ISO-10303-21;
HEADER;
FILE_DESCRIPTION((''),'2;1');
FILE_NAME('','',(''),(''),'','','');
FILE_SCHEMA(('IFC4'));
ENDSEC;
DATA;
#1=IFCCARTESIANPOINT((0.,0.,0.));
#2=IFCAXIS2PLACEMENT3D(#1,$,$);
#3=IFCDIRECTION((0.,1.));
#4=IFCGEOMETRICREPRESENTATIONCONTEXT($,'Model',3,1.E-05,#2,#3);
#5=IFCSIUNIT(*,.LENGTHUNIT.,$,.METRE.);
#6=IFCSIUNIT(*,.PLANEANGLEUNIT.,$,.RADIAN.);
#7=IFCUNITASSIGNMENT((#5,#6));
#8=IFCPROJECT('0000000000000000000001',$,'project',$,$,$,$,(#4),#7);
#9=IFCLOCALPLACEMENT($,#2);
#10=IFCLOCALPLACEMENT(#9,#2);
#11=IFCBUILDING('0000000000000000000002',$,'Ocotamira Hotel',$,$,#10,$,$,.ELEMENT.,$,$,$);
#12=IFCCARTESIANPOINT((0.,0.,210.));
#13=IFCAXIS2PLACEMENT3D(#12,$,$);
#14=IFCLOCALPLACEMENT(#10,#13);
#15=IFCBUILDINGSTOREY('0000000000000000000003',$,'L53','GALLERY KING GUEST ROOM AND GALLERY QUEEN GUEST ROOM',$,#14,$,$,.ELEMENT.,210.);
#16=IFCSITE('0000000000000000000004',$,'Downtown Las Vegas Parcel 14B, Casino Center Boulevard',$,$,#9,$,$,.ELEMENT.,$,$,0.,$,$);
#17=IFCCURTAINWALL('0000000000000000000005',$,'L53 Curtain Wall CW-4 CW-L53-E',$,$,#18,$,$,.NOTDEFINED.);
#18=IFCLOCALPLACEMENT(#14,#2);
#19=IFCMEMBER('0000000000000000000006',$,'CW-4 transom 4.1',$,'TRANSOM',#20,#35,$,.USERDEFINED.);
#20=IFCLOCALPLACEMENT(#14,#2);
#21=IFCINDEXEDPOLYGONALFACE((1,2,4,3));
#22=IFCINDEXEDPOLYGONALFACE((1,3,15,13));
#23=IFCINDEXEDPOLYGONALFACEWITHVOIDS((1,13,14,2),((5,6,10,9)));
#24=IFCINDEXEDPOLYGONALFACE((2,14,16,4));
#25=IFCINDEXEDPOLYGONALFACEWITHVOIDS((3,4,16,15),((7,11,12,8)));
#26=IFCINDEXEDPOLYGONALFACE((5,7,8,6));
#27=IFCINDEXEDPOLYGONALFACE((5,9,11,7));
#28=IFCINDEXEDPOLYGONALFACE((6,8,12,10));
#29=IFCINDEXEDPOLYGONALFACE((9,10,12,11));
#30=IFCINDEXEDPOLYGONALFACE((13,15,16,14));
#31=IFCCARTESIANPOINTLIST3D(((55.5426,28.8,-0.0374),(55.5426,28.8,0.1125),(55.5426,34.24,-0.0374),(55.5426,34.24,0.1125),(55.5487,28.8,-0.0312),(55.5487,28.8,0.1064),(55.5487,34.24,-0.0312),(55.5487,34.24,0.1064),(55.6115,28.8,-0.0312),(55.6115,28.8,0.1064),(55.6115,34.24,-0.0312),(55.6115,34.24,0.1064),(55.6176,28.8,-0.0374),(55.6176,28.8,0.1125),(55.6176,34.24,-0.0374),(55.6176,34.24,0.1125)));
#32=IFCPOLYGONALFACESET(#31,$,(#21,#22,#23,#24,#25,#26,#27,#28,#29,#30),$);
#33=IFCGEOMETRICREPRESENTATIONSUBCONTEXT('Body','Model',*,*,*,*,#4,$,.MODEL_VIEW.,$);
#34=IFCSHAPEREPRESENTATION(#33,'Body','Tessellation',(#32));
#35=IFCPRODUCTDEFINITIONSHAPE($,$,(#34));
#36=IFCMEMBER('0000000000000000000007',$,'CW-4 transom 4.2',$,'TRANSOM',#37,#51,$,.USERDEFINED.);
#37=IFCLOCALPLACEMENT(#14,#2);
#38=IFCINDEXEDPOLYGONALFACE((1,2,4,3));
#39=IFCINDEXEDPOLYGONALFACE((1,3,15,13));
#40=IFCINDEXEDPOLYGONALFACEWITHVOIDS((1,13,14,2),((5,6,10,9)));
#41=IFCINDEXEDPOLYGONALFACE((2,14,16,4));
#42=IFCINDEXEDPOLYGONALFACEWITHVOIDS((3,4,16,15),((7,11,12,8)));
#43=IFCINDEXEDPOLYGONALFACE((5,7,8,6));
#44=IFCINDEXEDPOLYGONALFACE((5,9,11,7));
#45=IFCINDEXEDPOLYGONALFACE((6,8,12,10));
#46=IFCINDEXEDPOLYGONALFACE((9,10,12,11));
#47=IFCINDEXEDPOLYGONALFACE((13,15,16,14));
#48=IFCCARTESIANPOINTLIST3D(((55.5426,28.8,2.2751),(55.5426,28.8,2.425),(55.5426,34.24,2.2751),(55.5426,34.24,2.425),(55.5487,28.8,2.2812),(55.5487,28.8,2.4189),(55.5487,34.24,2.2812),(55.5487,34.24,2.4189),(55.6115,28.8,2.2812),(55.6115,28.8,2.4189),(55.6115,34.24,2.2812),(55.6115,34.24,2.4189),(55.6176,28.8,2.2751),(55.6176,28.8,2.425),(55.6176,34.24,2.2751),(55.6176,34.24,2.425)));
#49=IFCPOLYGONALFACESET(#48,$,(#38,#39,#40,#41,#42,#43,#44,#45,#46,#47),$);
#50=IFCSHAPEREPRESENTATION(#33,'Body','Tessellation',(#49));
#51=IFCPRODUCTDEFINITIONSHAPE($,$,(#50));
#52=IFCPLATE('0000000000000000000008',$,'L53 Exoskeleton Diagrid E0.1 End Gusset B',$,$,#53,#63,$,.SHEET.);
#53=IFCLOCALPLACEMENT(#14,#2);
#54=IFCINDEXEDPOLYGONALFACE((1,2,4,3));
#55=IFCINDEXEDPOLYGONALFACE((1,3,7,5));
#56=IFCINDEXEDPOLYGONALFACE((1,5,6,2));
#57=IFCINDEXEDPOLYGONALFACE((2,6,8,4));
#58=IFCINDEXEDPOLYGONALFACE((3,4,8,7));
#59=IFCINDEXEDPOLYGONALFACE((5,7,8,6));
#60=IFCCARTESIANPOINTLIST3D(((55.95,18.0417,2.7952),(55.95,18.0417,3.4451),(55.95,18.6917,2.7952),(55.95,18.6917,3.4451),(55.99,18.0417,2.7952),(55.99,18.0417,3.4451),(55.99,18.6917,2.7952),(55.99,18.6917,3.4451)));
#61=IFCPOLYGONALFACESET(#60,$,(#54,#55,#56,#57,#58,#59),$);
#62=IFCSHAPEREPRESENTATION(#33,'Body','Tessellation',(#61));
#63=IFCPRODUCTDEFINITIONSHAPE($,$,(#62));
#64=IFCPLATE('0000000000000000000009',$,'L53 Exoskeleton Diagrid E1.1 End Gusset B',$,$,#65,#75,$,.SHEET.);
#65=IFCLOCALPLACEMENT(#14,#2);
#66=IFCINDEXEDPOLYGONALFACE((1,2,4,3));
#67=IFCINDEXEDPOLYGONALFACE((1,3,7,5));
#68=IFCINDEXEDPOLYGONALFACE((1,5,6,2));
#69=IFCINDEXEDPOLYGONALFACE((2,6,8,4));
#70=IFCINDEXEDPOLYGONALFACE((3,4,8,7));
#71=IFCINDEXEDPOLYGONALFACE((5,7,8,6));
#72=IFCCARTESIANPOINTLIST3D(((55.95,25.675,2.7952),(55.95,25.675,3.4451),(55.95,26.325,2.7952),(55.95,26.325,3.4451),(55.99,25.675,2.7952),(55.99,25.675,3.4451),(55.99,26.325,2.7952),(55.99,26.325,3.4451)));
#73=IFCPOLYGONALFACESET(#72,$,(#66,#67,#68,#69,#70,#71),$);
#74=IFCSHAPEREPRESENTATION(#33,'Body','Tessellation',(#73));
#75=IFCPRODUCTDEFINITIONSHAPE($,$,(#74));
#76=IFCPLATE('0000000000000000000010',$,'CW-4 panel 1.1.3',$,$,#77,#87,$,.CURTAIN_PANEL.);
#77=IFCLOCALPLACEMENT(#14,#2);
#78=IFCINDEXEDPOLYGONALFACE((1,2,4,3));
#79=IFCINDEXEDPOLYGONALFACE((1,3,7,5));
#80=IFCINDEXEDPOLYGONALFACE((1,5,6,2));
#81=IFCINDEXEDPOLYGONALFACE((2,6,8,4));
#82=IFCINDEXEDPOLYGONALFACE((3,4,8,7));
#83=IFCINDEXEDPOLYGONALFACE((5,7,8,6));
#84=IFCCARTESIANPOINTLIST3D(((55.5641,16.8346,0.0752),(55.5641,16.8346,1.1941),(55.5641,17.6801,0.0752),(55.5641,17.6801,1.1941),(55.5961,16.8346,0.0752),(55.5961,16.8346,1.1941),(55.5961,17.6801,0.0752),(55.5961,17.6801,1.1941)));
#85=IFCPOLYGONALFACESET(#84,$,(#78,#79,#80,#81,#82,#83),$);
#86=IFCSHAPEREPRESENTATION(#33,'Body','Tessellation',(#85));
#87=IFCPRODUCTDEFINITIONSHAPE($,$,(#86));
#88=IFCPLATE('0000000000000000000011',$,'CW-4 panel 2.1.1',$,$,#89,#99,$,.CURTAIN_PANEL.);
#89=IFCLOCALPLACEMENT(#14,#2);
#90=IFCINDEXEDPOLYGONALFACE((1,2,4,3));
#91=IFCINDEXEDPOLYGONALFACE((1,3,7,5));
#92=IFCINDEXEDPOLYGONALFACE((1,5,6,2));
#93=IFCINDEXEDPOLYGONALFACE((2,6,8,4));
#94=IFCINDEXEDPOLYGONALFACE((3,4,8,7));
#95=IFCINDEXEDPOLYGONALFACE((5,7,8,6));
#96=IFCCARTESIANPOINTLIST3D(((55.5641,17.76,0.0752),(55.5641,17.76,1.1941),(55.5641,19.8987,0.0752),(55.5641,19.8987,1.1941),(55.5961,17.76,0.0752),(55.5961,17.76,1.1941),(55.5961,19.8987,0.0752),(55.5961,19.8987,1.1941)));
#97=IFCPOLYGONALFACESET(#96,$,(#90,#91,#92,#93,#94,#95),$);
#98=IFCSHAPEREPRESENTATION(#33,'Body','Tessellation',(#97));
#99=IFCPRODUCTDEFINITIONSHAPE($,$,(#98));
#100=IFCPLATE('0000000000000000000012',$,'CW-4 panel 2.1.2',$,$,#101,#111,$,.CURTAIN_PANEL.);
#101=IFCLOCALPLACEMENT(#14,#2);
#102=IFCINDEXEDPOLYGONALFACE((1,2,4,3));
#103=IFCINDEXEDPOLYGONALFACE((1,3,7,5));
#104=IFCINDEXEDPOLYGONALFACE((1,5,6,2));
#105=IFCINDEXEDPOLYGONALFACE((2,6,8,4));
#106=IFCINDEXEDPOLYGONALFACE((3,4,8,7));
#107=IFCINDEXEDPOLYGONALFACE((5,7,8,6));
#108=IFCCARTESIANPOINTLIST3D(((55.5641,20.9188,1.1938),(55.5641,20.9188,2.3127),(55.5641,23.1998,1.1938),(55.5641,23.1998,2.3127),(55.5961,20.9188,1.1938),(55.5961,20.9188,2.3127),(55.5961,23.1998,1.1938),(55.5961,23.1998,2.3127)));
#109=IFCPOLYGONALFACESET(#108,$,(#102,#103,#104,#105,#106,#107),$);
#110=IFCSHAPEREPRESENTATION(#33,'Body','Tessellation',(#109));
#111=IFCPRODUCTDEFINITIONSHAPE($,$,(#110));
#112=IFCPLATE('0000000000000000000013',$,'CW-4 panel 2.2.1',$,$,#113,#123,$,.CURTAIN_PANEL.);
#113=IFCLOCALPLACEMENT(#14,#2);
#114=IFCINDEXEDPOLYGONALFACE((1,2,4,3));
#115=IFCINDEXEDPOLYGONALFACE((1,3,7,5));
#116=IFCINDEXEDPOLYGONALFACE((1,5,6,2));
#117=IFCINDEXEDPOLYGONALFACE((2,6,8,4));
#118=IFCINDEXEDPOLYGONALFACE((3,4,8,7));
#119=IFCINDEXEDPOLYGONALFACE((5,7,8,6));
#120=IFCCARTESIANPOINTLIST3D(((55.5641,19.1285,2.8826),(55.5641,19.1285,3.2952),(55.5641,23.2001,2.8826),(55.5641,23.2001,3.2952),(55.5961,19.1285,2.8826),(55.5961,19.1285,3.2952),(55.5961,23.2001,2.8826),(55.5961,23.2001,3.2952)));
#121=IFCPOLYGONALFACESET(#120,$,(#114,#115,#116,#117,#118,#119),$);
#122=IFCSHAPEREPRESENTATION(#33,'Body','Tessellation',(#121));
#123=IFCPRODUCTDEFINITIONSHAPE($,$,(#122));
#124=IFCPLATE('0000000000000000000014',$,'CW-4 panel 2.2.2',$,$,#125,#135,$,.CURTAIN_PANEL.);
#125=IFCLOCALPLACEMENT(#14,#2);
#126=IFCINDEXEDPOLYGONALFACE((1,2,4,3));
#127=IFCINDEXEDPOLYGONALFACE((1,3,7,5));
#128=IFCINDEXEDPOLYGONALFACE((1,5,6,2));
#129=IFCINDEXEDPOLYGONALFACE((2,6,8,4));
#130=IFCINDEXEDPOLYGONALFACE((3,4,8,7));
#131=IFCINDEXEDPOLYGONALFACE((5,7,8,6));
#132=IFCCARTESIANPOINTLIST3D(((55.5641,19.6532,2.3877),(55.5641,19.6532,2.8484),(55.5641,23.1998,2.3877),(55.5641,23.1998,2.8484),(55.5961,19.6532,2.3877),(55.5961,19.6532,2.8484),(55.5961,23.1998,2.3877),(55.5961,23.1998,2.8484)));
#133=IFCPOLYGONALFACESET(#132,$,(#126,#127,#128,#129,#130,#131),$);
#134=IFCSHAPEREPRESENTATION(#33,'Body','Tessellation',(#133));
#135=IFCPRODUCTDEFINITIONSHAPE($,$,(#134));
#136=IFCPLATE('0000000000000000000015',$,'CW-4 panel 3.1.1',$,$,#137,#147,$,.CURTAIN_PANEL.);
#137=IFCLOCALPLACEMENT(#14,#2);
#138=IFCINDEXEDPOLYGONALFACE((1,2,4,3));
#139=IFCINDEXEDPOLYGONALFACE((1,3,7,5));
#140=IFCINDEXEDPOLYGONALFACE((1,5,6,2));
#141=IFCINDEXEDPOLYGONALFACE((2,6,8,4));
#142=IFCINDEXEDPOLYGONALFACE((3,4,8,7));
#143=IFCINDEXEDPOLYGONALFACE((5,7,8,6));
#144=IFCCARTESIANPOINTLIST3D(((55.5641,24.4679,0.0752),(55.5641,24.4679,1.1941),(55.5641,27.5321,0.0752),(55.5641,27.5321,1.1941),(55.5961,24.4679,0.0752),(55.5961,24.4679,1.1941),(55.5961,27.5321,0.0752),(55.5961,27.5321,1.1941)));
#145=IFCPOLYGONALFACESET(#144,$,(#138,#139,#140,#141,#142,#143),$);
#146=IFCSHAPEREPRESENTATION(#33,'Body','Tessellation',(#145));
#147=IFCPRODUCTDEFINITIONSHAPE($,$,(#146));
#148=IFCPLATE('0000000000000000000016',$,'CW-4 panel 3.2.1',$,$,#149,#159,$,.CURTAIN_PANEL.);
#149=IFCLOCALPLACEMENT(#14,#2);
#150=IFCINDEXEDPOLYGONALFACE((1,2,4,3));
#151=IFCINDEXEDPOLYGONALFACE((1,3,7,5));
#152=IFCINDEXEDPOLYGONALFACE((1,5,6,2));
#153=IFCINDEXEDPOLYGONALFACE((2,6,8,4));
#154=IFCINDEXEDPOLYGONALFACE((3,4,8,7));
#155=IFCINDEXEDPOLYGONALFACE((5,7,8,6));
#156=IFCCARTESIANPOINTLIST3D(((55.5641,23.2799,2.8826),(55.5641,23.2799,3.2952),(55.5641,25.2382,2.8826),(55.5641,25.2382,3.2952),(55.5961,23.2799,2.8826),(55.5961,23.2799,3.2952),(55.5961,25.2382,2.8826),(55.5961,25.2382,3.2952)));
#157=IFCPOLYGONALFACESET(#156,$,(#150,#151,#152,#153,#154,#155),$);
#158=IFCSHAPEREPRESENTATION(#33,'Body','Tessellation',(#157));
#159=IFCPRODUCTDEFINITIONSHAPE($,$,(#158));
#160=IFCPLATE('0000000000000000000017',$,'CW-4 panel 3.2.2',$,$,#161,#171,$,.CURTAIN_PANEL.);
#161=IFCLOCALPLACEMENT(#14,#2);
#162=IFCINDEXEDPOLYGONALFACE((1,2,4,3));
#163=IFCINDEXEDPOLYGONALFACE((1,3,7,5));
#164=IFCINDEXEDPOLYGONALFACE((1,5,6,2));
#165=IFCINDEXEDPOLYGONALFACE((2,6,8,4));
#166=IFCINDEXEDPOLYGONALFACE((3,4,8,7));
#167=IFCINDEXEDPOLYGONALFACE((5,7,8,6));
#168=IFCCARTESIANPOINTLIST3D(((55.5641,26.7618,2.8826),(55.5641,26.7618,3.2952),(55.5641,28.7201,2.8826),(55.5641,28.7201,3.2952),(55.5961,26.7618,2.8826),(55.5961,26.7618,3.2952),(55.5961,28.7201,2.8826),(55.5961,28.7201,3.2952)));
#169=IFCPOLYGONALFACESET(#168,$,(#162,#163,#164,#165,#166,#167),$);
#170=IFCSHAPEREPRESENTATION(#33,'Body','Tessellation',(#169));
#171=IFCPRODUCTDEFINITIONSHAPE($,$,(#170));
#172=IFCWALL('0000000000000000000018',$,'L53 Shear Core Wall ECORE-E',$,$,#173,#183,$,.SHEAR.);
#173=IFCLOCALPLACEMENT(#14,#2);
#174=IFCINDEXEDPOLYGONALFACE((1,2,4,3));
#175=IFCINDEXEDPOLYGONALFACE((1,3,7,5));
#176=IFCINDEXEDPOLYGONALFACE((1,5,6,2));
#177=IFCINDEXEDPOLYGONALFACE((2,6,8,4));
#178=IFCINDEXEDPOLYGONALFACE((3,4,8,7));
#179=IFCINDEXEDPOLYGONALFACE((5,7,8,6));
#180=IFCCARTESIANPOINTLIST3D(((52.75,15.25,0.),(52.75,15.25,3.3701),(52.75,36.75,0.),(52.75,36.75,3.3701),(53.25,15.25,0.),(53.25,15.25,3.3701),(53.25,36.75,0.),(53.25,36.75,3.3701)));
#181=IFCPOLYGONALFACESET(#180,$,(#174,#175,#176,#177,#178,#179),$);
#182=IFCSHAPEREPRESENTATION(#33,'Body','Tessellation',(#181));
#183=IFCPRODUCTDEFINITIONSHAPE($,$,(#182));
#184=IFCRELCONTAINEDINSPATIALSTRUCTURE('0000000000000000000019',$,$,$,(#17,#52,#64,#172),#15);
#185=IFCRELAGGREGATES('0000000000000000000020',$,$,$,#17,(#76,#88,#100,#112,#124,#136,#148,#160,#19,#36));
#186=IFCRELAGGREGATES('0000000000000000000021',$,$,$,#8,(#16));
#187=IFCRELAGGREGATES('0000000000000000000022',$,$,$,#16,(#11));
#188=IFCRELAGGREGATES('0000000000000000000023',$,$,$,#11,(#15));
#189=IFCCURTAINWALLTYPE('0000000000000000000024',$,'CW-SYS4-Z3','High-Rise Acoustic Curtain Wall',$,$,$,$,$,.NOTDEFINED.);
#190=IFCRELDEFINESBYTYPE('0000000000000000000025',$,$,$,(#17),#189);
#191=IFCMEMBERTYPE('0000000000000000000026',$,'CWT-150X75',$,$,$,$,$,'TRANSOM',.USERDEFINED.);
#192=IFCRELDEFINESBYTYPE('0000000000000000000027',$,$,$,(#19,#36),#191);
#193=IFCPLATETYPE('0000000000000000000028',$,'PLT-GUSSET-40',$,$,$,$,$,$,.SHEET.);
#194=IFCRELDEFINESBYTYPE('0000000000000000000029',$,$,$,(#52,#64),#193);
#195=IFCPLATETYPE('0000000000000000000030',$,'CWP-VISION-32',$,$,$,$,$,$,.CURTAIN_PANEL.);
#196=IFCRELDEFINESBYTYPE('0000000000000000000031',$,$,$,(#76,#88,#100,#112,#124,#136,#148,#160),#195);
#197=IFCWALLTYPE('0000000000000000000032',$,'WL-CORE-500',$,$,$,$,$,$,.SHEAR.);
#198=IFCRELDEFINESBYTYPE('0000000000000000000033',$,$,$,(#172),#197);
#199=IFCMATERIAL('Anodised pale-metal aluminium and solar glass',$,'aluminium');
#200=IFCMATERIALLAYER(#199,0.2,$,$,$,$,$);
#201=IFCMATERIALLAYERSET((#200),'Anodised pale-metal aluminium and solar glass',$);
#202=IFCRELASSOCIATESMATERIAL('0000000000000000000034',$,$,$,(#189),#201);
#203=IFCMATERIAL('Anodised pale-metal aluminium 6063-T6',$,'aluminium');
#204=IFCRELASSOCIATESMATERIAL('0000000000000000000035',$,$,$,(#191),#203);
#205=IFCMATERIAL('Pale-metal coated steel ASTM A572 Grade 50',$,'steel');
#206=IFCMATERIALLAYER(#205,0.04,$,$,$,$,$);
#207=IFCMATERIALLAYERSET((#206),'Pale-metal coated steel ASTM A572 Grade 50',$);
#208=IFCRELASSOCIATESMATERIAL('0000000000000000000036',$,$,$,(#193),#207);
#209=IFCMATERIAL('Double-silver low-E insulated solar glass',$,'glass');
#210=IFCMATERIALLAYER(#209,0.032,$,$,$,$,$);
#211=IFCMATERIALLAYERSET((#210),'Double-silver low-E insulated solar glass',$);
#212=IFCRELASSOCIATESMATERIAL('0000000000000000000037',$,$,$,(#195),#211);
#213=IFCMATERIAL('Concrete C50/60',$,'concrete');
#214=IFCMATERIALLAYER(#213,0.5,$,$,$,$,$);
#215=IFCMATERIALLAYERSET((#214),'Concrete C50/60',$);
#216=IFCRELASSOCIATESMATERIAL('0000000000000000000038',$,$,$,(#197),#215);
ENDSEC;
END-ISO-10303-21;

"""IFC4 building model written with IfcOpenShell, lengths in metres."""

from ifc_helpers import new_model, si_unit, direction, frame, frame_2d, origin, origin_2d, place, context, subcontext, project, spatial, rectangle, hollow_rectangle, extrude, source, transform, mapped, material, layer, layer_set, material_profile, profile_set, type_object, element, aggregate, save


model = new_model("IFC4")

# Units and contexts
model_context = context("Model", 3, precision=1e-05, world=origin(), true_north=direction((0.0, 1.0)))
body_context = subcontext(model_context, "Body", "Model", "MODEL_VIEW")
ifc_project = project(units=[si_unit("LENGTHUNIT", "METRE"), si_unit("PLANEANGLEUNIT", "RADIAN")], contexts=[model_context])

# Site, building, storey
site_placement = place(None, origin())
site = spatial("IfcSite", under=ifc_project, at=site_placement, Name="Downtown Las Vegas Parcel 14B, Casino Center Boulevard", CompositionType="ELEMENT", RefElevation=0.0)
building_placement = place(site_placement, origin())
building = spatial("IfcBuilding", under=site, at=building_placement, Name="Ocotamira Hotel", CompositionType="ELEMENT")
storey_placement = place(building_placement, frame((0.0, 0.0, 210.0)))
storey = spatial("IfcBuildingStorey", under=building, at=storey_placement, Name="L53", Description="GALLERY KING GUEST ROOM AND GALLERY QUEEN GUEST ROOM", CompositionType="ELEMENT", Elevation=210.0)

# Curtain wall, members
ifc_material_1 = material(Name="Anodised pale-metal aluminium and solar glass", Category="aluminium")
ifc_layer_1 = layer(ifc_material_1, 0.2)
ifc_layer_set_1 = layer_set([ifc_layer_1], Name="Anodised pale-metal aluminium and solar glass")
curtain_wall_type = type_object("IfcCurtainWallType", Name="CW-SYS4-Z3", Description="High-Rise Acoustic Curtain Wall", PredefinedType="NOTDEFINED", material=ifc_layer_set_1)
curtain_wall_placement = place(storey_placement, origin())
curtain_wall = element("IfcCurtainWall", 1, at=curtain_wall_placement, inside=storey, type_object=curtain_wall_type, Name="L53 Curtain Wall CW-4 CW-L53-E", PredefinedType="NOTDEFINED")
ifc_material_2 = material(Name="Anodised pale-metal aluminium 6063-T6", Category="aluminium")
ifc_material_profile_1 = material_profile(ifc_material_2, hollow_rectangle(XDim=0.075, YDim=0.1499, WallThickness=0.0061, at=origin_2d()), Name="HSS150X75X6")
ifc_profile_set_1 = profile_set([ifc_material_profile_1], Name="Anodised pale-metal aluminium 6063-T6")
member_type_1 = type_object("IfcMemberType", Name="CWT-150X75", ElementType="TRANSOM", PredefinedType="USERDEFINED", material=ifc_profile_set_1)
shared_shape_1 = source(origin(), body_context, "Body", "SweptSolid", [
    extrude(hollow_rectangle(XDim=0.075, YDim=0.1499, WallThickness=0.0061, at=origin_2d()), origin(), (0.0, 0.0, 1.0), 5.4399),
])
member_1_placement = place(storey_placement, frame((55.5801, 28.8, 0.0376), z_axis=(0.0, 1.0, 0.0), x_axis=(-1.0, 0.0, 0.0)))
member_1 = element("IfcMember", 2, at=member_1_placement, type_object=member_type_1, Name="CW-4 transom 4.1", ObjectType="TRANSOM", PredefinedType="USERDEFINED", context=body_context, shape_type="MappedRepresentation", body=[
    mapped(shared_shape_1, transform((0.0, 0.0, 0.0), scale=1.0)),
])
member_2_placement = place(storey_placement, frame((55.5801, 28.8, 2.3501), z_axis=(0.0, 1.0, 0.0), x_axis=(-1.0, 0.0, 0.0)))
member_2 = element("IfcMember", 3, at=member_2_placement, type_object=member_type_1, Name="CW-4 transom 4.2", ObjectType="TRANSOM", PredefinedType="USERDEFINED", context=body_context, shape_type="MappedRepresentation", body=[
    mapped(shared_shape_1, transform((0.0, 0.0, 0.0), scale=1.0)),
])

# Plates
ifc_material_3 = material(Name="Pale-metal coated steel ASTM A572 Grade 50", Category="steel")
ifc_layer_2 = layer(ifc_material_3, 0.04)
ifc_layer_set_2 = layer_set([ifc_layer_2], Name="Pale-metal coated steel ASTM A572 Grade 50")
plate_type_1 = type_object("IfcPlateType", Name="PLT-GUSSET-40", PredefinedType="SHEET", material=ifc_layer_set_2)
shared_shape_2 = source(origin(), body_context, "Body", "SweptSolid", [
    extrude(rectangle(XDim=0.04, YDim=0.6499, at=origin_2d()), origin(), (0.0, 0.0, 1.0), 0.6499),
])
for number, where, z_axis, x_axis, name in (
    (4, (55.97, 18.3667, 2.7952), (0.0, 0.0, 1.0), (1.0, 0.0, 0.0), "L53 Exoskeleton Diagrid E0.1 End Gusset B"),
    (5, (55.97, 26.0, 2.7952), (0.0, 0.0, 1.0), (1.0, 0.0, 0.0), "L53 Exoskeleton Diagrid E1.1 End Gusset B"),
):
    element("IfcPlate", number, at=place(storey_placement, frame(where, z_axis=z_axis, x_axis=x_axis)), inside=storey, type_object=plate_type_1, Name=name, PredefinedType="SHEET", context=body_context, shape_type="MappedRepresentation", body=[
        mapped(shared_shape_2, transform((0.0, 0.0, 0.0), scale=1.0)),
    ])

# Plates
ifc_material_4 = material(Name="Double-silver low-E insulated solar glass", Category="glass")
ifc_layer_3 = layer(ifc_material_4, 0.032)
ifc_layer_set_3 = layer_set([ifc_layer_3], Name="Double-silver low-E insulated solar glass")
plate_type_2 = type_object("IfcPlateType", Name="CWP-VISION-32", PredefinedType="CURTAIN_PANEL", material=ifc_layer_set_3)
shared_shape_3 = source(origin(), body_context, "Body", "SweptSolid", [
    extrude(rectangle(XDim=0.8455, YDim=0.032, at=origin_2d()), origin(), (0.0, 0.0, 1.0), 1.1189),
])
plate_1_placement = place(storey_placement, frame((55.5801, 17.2573, 0.0752), z_axis=(0.0, 0.0, 1.0), x_axis=(0.0, 1.0, 0.0)))
plate_1 = element("IfcPlate", 6, at=plate_1_placement, type_object=plate_type_2, Name="CW-4 panel 1.1.3", PredefinedType="CURTAIN_PANEL", context=body_context, shape_type="MappedRepresentation", body=[
    mapped(shared_shape_3, transform((0.0, 0.0, 0.0), scale=1.0)),
])
shared_shape_4 = source(origin(), body_context, "Body", "SweptSolid", [
    extrude(rectangle(XDim=2.1387, YDim=0.032, at=origin_2d()), origin(), (0.0, 0.0, 1.0), 1.1189),
])
plate_2_placement = place(storey_placement, frame((55.5801, 18.8293, 0.0752), z_axis=(0.0, 0.0, 1.0), x_axis=(0.0, 1.0, 0.0)))
plate_2 = element("IfcPlate", 7, at=plate_2_placement, type_object=plate_type_2, Name="CW-4 panel 2.1.1", PredefinedType="CURTAIN_PANEL", context=body_context, shape_type="MappedRepresentation", body=[
    mapped(shared_shape_4, transform((0.0, 0.0, 0.0), scale=1.0)),
])
shared_shape_5 = source(origin(), body_context, "Body", "SweptSolid", [
    extrude(rectangle(XDim=2.281, YDim=0.032, at=origin_2d()), origin(), (0.0, 0.0, 1.0), 1.1189),
])
plate_3_placement = place(storey_placement, frame((55.5801, 22.0593, 1.1938), z_axis=(0.0, 0.0, 1.0), x_axis=(0.0, 1.0, 0.0)))
plate_3 = element("IfcPlate", 8, at=plate_3_placement, type_object=plate_type_2, Name="CW-4 panel 2.1.2", PredefinedType="CURTAIN_PANEL", context=body_context, shape_type="MappedRepresentation", body=[
    mapped(shared_shape_5, transform((0.0, 0.0, 0.0), scale=1.0)),
])
shared_shape_6 = source(origin(), body_context, "Body", "SweptSolid", [
    extrude(rectangle(XDim=4.0715, YDim=0.032, at=origin_2d()), origin(), (0.0, 0.0, 1.0), 0.4126),
])
plate_4_placement = place(storey_placement, frame((55.5801, 21.1643, 2.8826), z_axis=(0.0, 0.0, 1.0), x_axis=(0.0, 1.0, 0.0)))
plate_4 = element("IfcPlate", 9, at=plate_4_placement, type_object=plate_type_2, Name="CW-4 panel 2.2.1", PredefinedType="CURTAIN_PANEL", context=body_context, shape_type="MappedRepresentation", body=[
    mapped(shared_shape_6, transform((0.0, 0.0, 0.0), scale=1.0)),
])
shared_shape_7 = source(origin(), body_context, "Body", "SweptSolid", [
    extrude(rectangle(XDim=3.5466, YDim=0.032, at=origin_2d()), origin(), (0.0, 0.0, 1.0), 0.4607),
])
plate_5_placement = place(storey_placement, frame((55.5801, 21.4265, 2.3877), z_axis=(0.0, 0.0, 1.0), x_axis=(0.0, 1.0, 0.0)))
plate_5 = element("IfcPlate", 10, at=plate_5_placement, type_object=plate_type_2, Name="CW-4 panel 2.2.2", PredefinedType="CURTAIN_PANEL", context=body_context, shape_type="MappedRepresentation", body=[
    mapped(shared_shape_7, transform((0.0, 0.0, 0.0), scale=1.0)),
])
shared_shape_8 = source(origin(), body_context, "Body", "SweptSolid", [
    extrude(rectangle(XDim=3.0642, YDim=0.032, at=origin_2d()), origin(), (0.0, 0.0, 1.0), 1.1189),
])
plate_6_placement = place(storey_placement, frame((55.5801, 26.0, 0.0752), z_axis=(0.0, 0.0, 1.0), x_axis=(0.0, 1.0, 0.0)))
plate_6 = element("IfcPlate", 11, at=plate_6_placement, type_object=plate_type_2, Name="CW-4 panel 3.1.1", PredefinedType="CURTAIN_PANEL", context=body_context, shape_type="MappedRepresentation", body=[
    mapped(shared_shape_8, transform((0.0, 0.0, 0.0), scale=1.0)),
])
shared_shape_9 = source(origin(), body_context, "Body", "SweptSolid", [
    extrude(rectangle(XDim=1.9583, YDim=0.032, at=origin_2d()), origin(), (0.0, 0.0, 1.0), 0.4126),
])
plate_7_placement = place(storey_placement, frame((55.5801, 24.259, 2.8826), z_axis=(0.0, 0.0, 1.0), x_axis=(0.0, 1.0, 0.0)))
plate_7 = element("IfcPlate", 12, at=plate_7_placement, type_object=plate_type_2, Name="CW-4 panel 3.2.1", PredefinedType="CURTAIN_PANEL", context=body_context, shape_type="MappedRepresentation", body=[
    mapped(shared_shape_9, transform((0.0, 0.0, 0.0), scale=1.0)),
])
plate_8_placement = place(storey_placement, frame((55.5801, 27.741, 2.8826), z_axis=(0.0, 0.0, 1.0), x_axis=(0.0, 1.0, 0.0)))
plate_8 = element("IfcPlate", 13, at=plate_8_placement, type_object=plate_type_2, Name="CW-4 panel 3.2.2", PredefinedType="CURTAIN_PANEL", context=body_context, shape_type="MappedRepresentation", body=[
    mapped(shared_shape_9, transform((0.0, 0.0, 0.0), scale=1.0)),
])
aggregate(curtain_wall, [plate_1, plate_2, plate_3, plate_4, plate_5, plate_6, plate_7, plate_8, member_1, member_2])

# Wall
ifc_material_5 = material(Name="Concrete C50/60", Category="concrete")
ifc_layer_4 = layer(ifc_material_5, 0.5)
ifc_layer_set_4 = layer_set([ifc_layer_4], Name="Concrete C50/60")
wall_type_1 = type_object("IfcWallType", Name="WL-CORE-500", PredefinedType="SHEAR", material=ifc_layer_set_4)
wall_1_placement = place(storey_placement, frame((53.0, 15.25, 0.0), z_axis=(0.0, 0.0, 1.0), x_axis=(0.0, 1.0, 0.0)))
element("IfcWall", 14, at=wall_1_placement, inside=storey, type_object=wall_type_1, Name="L53 Shear Core Wall ECORE-E", PredefinedType="SHEAR", context=body_context, shape_type="SweptSolid", body=[
    extrude(rectangle(XDim=21.5, YDim=0.5, at=frame_2d((10.75, 0.0))), origin(), (0.0, 0.0, 1.0), 3.3701),
])

save(model, "model.ifc")
